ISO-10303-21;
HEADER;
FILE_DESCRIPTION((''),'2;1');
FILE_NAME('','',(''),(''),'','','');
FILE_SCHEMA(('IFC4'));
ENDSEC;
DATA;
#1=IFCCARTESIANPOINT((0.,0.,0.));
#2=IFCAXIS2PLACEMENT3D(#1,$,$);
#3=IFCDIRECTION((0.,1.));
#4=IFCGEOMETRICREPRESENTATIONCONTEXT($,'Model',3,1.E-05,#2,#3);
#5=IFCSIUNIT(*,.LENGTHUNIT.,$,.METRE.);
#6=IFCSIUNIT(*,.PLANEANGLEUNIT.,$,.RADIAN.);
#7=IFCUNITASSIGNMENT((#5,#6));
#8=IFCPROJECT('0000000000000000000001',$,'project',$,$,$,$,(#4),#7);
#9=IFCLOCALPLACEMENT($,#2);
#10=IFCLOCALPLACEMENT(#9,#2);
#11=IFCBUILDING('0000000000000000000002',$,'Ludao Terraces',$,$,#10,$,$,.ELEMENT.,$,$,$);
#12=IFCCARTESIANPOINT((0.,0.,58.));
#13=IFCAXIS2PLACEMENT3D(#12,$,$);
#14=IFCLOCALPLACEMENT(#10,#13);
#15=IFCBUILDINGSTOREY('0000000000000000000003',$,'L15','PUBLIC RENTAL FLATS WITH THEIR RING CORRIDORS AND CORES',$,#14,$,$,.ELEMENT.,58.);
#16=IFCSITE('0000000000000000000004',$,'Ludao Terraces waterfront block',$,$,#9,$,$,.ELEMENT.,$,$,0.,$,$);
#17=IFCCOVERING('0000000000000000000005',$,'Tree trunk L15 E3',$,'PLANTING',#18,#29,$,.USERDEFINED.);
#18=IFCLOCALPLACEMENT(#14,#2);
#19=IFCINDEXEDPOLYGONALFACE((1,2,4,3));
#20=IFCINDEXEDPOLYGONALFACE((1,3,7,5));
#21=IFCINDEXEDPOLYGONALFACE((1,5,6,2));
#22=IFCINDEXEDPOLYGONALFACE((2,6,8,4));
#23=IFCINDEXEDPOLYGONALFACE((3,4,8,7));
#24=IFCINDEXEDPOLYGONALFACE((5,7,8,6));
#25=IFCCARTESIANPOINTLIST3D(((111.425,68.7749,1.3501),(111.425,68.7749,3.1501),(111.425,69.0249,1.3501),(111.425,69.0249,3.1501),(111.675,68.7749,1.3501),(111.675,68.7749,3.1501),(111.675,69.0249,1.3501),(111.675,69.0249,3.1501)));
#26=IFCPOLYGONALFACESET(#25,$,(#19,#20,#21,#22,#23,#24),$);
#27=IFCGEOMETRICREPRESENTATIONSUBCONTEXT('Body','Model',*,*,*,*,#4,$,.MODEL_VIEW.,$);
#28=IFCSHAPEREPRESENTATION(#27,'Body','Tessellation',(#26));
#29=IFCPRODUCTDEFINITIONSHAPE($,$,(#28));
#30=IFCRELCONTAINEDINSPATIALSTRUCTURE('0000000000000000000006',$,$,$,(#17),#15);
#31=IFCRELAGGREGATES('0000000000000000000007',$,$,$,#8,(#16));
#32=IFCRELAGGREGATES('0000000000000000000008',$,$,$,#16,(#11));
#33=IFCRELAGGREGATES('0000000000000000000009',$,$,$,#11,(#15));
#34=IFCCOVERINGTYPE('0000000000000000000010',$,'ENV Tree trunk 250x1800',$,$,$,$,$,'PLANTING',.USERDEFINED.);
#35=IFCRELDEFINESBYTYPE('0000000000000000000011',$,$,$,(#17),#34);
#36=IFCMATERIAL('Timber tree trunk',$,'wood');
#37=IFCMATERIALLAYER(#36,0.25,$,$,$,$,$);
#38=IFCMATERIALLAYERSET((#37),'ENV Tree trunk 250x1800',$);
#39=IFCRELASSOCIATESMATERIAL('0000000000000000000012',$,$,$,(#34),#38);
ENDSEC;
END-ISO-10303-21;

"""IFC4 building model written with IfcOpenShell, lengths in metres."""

from ifc_helpers import new_model, si_unit, direction, frame, origin, origin_2d, place, context, subcontext, project, spatial, rectangle, extrude, material, layer, layer_set, type_object, element, save


model = new_model("IFC4")

# Units and contexts
model_context = context("Model", 3, precision=1e-05, world=origin(), true_north=direction((0.0, 1.0)))
body_context = subcontext(model_context, "Body", "Model", "MODEL_VIEW")
ifc_project = project(units=[si_unit("LENGTHUNIT", "METRE"), si_unit("PLANEANGLEUNIT", "RADIAN")], contexts=[model_context])

# Site, building, storey
site_placement = place(None, origin())
site = spatial("IfcSite", under=ifc_project, at=site_placement, Name="Ludao Terraces waterfront block", CompositionType="ELEMENT", RefElevation=0.0)
building_placement = place(site_placement, origin())
building = spatial("IfcBuilding", under=site, at=building_placement, Name="Ludao Terraces", CompositionType="ELEMENT")
storey_placement = place(building_placement, frame((0.0, 0.0, 58.0)))
storey = spatial("IfcBuildingStorey", under=building, at=storey_placement, Name="L15", Description="PUBLIC RENTAL FLATS WITH THEIR RING CORRIDORS AND CORES", CompositionType="ELEMENT", Elevation=58.0)

# Covering
ifc_material_1 = material(Name="Timber tree trunk", Category="wood")
ifc_layer_1 = layer(ifc_material_1, 0.25)
ifc_layer_set_1 = layer_set([ifc_layer_1], Name="ENV Tree trunk 250x1800")
covering_type_1 = type_object("IfcCoveringType", Name="ENV Tree trunk 250x1800", ElementType="PLANTING", PredefinedType="USERDEFINED", material=ifc_layer_set_1)
covering_1_placement = place(storey_placement, frame((111.55, 68.8999, 1.3501), z_axis=(0.0, 0.0, 1.0), x_axis=(1.0, 0.0, 0.0)))
element("IfcCovering", 1, at=covering_1_placement, inside=storey, type_object=covering_type_1, Name="Tree trunk L15 E3", ObjectType="PLANTING", PredefinedType="USERDEFINED", context=body_context, shape_type="SweptSolid", body=[
    extrude(rectangle(XDim=0.25, YDim=0.25, at=origin_2d()), origin(), (0.0, 0.0, 1.0), 1.8),
])

save(model, "model.ifc")
